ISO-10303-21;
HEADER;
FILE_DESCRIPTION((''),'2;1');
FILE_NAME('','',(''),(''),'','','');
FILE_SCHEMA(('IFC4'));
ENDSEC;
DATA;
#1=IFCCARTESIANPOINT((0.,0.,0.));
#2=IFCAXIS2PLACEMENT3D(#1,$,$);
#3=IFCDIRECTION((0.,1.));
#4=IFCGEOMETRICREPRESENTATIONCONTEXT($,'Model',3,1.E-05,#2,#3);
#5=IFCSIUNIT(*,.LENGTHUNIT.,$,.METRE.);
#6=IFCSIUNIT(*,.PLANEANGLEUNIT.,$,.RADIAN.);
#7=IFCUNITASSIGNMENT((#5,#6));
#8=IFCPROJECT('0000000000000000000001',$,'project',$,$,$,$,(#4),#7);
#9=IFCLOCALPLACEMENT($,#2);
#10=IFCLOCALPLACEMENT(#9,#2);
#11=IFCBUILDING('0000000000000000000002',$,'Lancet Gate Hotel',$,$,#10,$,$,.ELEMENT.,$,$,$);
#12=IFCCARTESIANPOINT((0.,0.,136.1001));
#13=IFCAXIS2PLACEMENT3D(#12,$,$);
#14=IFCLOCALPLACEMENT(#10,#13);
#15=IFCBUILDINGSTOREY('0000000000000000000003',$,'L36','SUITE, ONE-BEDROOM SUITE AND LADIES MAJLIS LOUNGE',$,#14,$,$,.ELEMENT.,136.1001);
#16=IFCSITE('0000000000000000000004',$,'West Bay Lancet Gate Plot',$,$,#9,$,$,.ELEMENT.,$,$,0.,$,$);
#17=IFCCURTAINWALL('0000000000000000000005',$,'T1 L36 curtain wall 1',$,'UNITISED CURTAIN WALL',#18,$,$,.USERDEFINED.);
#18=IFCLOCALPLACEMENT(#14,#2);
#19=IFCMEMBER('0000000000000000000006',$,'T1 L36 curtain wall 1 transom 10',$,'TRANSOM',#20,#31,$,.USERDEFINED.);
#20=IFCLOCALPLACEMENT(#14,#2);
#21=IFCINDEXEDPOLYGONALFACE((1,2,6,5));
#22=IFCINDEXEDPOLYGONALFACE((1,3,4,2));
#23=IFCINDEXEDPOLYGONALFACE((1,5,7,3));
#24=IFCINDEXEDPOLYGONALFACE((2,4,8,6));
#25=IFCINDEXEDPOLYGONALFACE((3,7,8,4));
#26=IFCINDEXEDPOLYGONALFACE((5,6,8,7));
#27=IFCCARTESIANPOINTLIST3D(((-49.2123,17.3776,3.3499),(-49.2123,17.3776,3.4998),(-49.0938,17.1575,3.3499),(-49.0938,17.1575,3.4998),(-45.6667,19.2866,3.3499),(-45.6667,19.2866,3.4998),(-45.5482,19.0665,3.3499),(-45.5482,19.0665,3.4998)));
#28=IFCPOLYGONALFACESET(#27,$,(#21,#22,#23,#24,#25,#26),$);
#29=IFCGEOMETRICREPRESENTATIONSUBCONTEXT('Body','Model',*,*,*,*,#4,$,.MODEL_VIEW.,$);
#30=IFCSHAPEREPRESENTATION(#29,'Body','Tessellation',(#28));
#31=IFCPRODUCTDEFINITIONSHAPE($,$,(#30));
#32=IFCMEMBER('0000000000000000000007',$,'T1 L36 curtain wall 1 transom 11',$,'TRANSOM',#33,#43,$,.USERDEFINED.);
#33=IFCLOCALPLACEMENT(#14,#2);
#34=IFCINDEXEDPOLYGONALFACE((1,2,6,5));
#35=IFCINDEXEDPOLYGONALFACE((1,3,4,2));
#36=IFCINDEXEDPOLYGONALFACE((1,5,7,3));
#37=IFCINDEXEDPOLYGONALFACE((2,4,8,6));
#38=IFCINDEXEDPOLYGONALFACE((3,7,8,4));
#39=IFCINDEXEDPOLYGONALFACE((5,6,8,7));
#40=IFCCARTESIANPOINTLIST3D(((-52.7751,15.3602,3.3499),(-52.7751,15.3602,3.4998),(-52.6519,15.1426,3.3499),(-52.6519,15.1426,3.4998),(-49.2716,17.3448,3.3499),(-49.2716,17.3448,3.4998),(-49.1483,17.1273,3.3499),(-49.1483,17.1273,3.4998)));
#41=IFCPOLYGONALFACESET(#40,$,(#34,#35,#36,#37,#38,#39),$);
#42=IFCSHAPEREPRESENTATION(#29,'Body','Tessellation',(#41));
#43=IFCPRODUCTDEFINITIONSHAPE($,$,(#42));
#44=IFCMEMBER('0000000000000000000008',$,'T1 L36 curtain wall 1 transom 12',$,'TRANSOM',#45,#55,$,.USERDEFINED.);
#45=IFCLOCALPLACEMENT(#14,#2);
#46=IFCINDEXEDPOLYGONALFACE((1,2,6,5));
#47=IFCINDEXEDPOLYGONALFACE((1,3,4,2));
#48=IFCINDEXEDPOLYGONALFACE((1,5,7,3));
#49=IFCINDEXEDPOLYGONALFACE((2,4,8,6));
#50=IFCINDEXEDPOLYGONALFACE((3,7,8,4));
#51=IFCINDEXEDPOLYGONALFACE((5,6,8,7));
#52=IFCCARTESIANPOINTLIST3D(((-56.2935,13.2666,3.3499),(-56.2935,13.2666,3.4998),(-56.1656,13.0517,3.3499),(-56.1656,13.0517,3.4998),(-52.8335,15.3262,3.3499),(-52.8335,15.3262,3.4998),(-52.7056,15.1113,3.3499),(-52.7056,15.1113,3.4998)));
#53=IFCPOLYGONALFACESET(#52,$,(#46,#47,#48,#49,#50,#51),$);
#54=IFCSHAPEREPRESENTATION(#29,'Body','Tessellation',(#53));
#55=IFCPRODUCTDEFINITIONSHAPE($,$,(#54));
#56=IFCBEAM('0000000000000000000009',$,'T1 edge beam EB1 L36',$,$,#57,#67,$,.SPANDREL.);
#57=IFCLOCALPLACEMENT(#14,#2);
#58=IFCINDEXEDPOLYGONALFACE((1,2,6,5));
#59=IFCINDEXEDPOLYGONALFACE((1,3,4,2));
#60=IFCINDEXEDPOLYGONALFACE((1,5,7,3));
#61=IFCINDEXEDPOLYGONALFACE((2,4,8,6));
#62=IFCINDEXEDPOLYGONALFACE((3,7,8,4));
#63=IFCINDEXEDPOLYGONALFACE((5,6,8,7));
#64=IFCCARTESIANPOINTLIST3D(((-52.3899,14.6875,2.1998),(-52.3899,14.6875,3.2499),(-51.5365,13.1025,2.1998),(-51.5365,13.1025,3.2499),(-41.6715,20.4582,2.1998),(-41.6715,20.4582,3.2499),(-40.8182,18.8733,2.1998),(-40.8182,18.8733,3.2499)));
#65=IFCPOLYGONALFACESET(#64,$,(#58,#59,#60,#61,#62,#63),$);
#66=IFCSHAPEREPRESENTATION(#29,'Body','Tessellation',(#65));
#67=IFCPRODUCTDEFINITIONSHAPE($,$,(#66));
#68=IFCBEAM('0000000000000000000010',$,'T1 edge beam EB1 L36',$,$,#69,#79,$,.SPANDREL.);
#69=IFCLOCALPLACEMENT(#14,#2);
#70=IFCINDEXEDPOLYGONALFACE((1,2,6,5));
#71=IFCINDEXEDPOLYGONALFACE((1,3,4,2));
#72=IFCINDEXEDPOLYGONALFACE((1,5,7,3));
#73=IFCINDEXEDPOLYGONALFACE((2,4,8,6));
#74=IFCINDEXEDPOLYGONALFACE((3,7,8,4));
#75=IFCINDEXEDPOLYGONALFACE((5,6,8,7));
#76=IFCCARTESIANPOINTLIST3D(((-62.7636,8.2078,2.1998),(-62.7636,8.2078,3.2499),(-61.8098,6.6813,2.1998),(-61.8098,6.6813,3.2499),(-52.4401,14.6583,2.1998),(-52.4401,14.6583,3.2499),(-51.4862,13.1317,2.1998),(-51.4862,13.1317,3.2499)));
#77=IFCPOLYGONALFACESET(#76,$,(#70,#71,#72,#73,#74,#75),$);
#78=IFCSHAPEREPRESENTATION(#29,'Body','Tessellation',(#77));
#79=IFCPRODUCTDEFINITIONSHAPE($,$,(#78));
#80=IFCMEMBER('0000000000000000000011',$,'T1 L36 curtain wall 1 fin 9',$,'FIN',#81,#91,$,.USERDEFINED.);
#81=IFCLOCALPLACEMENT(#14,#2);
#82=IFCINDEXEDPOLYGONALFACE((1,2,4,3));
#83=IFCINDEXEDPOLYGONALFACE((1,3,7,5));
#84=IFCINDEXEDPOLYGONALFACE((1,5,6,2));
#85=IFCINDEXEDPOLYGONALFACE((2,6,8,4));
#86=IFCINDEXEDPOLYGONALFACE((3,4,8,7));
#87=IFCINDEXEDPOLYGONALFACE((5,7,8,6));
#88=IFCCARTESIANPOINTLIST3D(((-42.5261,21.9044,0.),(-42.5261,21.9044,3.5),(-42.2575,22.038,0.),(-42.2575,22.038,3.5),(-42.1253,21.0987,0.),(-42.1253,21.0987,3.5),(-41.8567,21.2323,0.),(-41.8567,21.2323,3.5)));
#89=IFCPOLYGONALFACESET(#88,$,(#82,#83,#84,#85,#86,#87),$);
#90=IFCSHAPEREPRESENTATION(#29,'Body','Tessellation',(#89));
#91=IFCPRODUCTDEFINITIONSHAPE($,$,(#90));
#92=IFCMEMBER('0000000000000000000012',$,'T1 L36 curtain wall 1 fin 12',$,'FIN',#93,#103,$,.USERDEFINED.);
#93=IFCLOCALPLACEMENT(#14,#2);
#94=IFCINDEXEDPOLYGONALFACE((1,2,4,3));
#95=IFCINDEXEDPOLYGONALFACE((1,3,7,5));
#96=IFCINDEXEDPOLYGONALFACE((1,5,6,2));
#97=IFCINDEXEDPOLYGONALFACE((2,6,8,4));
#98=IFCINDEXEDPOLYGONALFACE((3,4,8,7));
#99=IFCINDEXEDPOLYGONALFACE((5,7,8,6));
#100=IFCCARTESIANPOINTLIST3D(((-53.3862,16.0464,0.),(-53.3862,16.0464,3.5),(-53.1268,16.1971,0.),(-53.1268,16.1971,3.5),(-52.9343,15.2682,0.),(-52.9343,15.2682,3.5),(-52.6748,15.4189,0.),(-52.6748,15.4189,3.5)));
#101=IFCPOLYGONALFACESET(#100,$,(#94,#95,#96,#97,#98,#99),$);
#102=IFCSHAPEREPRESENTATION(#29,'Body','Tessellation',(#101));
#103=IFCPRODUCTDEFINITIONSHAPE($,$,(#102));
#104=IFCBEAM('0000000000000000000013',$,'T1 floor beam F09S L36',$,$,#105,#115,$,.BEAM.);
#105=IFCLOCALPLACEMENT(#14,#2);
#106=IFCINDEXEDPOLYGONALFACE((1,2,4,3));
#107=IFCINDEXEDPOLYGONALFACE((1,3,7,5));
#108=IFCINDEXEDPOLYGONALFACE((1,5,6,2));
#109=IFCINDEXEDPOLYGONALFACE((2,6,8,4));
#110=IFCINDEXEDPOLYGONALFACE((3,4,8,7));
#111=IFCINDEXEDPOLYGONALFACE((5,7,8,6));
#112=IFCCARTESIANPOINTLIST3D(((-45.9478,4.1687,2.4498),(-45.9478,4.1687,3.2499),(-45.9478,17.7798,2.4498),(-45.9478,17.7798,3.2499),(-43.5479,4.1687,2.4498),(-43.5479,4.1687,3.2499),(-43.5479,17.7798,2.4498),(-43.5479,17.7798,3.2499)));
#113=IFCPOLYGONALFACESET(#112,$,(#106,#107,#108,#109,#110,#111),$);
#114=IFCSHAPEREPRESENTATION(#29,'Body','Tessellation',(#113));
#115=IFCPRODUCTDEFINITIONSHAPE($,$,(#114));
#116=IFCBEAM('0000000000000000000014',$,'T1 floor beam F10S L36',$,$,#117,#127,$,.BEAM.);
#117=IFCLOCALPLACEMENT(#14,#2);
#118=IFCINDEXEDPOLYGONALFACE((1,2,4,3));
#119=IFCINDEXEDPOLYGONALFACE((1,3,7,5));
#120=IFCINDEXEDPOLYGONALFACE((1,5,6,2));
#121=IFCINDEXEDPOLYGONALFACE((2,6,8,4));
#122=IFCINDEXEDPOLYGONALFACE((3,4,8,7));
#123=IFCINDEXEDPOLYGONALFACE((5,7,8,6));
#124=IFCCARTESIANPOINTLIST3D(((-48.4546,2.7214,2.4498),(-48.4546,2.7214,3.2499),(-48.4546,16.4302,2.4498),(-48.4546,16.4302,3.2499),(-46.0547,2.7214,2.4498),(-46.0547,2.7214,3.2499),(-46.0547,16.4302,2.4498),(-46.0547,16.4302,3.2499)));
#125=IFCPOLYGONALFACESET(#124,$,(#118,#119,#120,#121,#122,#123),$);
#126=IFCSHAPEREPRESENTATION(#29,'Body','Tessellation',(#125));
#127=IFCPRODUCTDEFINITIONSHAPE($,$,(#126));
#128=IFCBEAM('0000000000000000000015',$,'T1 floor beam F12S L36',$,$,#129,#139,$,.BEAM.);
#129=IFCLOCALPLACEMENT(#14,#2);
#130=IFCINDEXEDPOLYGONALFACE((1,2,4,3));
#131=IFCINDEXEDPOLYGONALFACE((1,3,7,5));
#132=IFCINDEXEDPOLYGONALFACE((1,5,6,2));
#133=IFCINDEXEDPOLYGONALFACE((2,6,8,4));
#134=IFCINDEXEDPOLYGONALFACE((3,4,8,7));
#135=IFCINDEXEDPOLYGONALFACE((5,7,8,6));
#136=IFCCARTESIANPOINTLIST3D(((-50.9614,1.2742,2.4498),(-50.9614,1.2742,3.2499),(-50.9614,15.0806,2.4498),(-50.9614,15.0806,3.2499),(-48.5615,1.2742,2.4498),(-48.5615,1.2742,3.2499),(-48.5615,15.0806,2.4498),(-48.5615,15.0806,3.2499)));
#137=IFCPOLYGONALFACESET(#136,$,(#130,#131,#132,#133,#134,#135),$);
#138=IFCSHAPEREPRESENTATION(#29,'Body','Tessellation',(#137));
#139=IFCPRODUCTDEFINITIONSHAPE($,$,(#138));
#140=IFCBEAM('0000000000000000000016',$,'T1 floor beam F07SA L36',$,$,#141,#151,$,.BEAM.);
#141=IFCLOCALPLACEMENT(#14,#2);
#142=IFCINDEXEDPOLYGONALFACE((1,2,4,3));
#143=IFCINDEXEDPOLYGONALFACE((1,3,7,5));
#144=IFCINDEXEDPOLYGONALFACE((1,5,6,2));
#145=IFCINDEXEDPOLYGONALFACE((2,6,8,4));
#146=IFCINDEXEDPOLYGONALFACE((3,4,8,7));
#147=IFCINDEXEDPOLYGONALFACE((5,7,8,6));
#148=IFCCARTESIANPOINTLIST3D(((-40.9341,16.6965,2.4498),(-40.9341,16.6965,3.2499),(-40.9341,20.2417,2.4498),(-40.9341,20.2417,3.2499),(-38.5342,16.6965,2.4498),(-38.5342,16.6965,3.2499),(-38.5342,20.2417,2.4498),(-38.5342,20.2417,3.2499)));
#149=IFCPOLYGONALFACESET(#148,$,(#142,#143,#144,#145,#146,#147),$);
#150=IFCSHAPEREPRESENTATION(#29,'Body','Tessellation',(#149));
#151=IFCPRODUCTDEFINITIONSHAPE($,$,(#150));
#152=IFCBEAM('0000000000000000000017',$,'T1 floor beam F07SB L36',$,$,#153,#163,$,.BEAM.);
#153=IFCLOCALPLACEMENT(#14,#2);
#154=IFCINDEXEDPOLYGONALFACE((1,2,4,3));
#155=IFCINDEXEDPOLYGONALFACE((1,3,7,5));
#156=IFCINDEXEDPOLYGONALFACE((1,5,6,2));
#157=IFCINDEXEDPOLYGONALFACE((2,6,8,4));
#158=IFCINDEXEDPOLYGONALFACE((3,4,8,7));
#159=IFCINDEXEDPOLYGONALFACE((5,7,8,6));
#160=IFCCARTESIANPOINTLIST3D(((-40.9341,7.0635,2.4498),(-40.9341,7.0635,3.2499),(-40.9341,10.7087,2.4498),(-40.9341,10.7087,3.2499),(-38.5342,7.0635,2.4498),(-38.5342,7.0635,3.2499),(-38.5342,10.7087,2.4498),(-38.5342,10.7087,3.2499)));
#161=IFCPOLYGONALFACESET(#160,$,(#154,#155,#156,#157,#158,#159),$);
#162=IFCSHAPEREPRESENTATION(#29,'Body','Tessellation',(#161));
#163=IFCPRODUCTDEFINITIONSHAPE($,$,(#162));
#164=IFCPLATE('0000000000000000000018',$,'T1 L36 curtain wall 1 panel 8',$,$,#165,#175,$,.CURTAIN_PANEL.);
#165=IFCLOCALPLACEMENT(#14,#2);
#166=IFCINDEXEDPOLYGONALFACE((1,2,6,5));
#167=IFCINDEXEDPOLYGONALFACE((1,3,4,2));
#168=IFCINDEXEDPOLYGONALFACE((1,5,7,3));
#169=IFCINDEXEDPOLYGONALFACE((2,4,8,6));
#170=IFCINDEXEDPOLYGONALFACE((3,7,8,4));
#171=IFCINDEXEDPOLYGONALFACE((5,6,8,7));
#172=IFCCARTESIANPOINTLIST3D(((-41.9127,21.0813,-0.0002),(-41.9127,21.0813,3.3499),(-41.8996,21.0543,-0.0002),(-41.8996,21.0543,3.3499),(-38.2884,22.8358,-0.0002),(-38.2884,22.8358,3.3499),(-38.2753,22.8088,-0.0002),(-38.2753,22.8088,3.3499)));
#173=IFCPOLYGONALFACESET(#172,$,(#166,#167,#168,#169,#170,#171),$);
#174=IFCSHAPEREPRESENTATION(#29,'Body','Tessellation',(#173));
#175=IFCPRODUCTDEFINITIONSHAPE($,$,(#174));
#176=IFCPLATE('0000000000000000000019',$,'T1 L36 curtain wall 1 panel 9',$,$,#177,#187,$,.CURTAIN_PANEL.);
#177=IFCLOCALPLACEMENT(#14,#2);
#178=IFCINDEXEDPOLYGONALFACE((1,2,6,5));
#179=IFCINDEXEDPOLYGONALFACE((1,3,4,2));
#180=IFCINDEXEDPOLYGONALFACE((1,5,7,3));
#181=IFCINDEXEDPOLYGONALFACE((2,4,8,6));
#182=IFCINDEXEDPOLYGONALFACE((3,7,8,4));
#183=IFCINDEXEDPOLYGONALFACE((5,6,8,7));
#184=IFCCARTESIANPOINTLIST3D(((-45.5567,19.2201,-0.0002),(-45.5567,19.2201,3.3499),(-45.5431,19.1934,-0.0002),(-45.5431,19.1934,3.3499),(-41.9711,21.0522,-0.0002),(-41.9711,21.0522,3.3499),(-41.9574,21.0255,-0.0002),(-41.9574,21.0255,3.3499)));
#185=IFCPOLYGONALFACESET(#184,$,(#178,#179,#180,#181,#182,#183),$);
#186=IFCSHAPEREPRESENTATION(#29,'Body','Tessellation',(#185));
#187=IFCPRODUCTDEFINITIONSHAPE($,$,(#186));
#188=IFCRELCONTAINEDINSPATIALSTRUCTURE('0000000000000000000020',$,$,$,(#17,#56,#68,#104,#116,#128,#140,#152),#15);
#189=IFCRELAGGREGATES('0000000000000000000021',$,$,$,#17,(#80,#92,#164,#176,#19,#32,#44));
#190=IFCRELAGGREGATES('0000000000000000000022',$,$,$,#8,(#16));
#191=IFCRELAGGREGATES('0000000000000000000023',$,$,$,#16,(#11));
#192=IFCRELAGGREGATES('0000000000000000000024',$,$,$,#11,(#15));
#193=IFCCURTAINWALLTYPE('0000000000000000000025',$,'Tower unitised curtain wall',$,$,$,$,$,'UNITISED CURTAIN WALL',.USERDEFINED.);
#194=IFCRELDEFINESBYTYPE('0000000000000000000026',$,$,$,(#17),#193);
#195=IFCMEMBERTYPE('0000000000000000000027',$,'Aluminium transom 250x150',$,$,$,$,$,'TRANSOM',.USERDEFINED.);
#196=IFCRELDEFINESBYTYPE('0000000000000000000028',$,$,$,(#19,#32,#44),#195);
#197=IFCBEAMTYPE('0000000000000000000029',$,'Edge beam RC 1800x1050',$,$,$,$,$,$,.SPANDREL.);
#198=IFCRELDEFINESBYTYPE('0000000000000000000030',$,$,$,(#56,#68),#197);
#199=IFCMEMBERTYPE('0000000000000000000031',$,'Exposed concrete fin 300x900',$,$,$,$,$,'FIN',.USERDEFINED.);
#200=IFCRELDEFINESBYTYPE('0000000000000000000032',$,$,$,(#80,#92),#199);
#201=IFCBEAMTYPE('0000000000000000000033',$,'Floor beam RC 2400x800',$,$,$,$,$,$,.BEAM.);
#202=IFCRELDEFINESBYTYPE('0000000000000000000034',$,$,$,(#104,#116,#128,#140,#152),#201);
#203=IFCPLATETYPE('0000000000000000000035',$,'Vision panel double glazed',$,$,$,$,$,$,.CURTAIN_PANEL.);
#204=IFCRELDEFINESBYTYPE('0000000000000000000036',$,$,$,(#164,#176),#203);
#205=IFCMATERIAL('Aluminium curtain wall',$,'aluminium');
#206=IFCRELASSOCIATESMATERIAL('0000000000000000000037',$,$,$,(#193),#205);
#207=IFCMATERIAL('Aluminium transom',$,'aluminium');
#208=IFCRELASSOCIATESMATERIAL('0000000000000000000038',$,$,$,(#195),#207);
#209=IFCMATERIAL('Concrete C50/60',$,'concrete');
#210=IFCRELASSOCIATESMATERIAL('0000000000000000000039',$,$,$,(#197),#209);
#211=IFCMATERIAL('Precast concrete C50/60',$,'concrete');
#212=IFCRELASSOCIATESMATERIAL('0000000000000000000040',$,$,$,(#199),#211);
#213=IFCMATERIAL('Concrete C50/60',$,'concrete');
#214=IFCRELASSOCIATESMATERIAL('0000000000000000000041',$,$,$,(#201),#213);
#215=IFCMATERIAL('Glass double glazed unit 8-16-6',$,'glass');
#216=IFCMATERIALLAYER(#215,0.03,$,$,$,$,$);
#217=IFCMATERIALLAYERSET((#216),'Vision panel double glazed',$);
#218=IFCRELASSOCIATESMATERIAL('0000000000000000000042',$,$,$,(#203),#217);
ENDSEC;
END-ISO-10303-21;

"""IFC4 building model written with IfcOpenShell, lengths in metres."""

from ifc_helpers import new_model, si_unit, direction, frame, origin, origin_2d, place, context, subcontext, project, spatial, rectangle, extrude, material, layer, layer_set, material_profile, profile_set, type_object, element, aggregate, save


model = new_model("IFC4")

# Units and contexts
model_context = context("Model", 3, precision=1e-05, world=origin(), true_north=direction((0.0, 1.0)))
body_context = subcontext(model_context, "Body", "Model", "MODEL_VIEW")
ifc_project = project(units=[si_unit("LENGTHUNIT", "METRE"), si_unit("PLANEANGLEUNIT", "RADIAN")], contexts=[model_context])

# Site, building, storey
site_placement = place(None, origin())
site = spatial("IfcSite", under=ifc_project, at=site_placement, Name="West Bay Lancet Gate Plot", CompositionType="ELEMENT", RefElevation=0.0)
building_placement = place(site_placement, origin())
building = spatial("IfcBuilding", under=site, at=building_placement, Name="Lancet Gate Hotel", CompositionType="ELEMENT")
storey_placement = place(building_placement, frame((0.0, 0.0, 136.1001)))
storey = spatial("IfcBuildingStorey", under=building, at=storey_placement, Name="L36", Description="SUITE, ONE-BEDROOM SUITE AND LADIES MAJLIS LOUNGE", CompositionType="ELEMENT", Elevation=136.1001)

# Curtain wall, members
ifc_material_1 = material(Name="Aluminium curtain wall", Category="aluminium")
curtain_wall_type = type_object("IfcCurtainWallType", Name="Tower unitised curtain wall", ElementType="UNITISED CURTAIN WALL", PredefinedType="USERDEFINED", material=ifc_material_1)
curtain_wall_placement = place(storey_placement, origin())
curtain_wall = element("IfcCurtainWall", 1, at=curtain_wall_placement, inside=storey, type_object=curtain_wall_type, Name="T1 L36 curtain wall 1", ObjectType="UNITISED CURTAIN WALL", PredefinedType="USERDEFINED")
ifc_material_2 = material(Name="Aluminium transom", Category="aluminium")
ifc_material_profile_1 = material_profile(ifc_material_2, rectangle(XDim=0.25, YDim=0.1499, at=origin_2d()), Name="TRANSOM 250x150")
ifc_profile_set_1 = profile_set([ifc_material_profile_1], Name="Aluminium transom")
member_type_1 = type_object("IfcMemberType", Name="Aluminium transom 250x150", ElementType="TRANSOM", PredefinedType="USERDEFINED", material=ifc_profile_set_1)
member_1_placement = place(storey_placement, frame((-45.6074, 19.1765, 3.4248), z_axis=(-0.880498, -0.474049, 0.0), x_axis=(0.474049, -0.880498, 0.0)))
member_1 = element("IfcMember", 2, at=member_1_placement, type_object=member_type_1, Name="T1 L36 curtain wall 1 transom 10", ObjectType="TRANSOM", PredefinedType="USERDEFINED", context=body_context, shape_type="SweptSolid", body=[
    extrude(rectangle(XDim=0.25, YDim=0.1499, at=origin_2d()), origin(), (0.0, 0.0, 1.0), 4.0269),
])
member_2_placement = place(storey_placement, frame((-49.21, 17.2361, 3.4248), z_axis=(-0.870092, -0.49289, 0.0), x_axis=(0.49289, -0.870092, 0.0)))
member_2 = element("IfcMember", 3, at=member_2_placement, type_object=member_type_1, Name="T1 L36 curtain wall 1 transom 11", ObjectType="TRANSOM", PredefinedType="USERDEFINED", context=body_context, shape_type="SweptSolid", body=[
    extrude(rectangle(XDim=0.25, YDim=0.1499, at=origin_2d()), origin(), (0.0, 0.0, 1.0), 4.0266),
])
member_3_placement = place(storey_placement, frame((-52.7695, 15.2188, 3.4248), z_axis=(-0.859285, -0.511497, 0.0), x_axis=(0.511497, -0.859285, 0.0)))
member_3 = element("IfcMember", 4, at=member_3_placement, type_object=member_type_1, Name="T1 L36 curtain wall 1 transom 12", ObjectType="TRANSOM", PredefinedType="USERDEFINED", context=body_context, shape_type="SweptSolid", body=[
    extrude(rectangle(XDim=0.25, YDim=0.1499, at=origin_2d()), origin(), (0.0, 0.0, 1.0), 4.0266),
])

# Beams
ifc_material_3 = material(Name="Concrete C50/60", Category="concrete")
ifc_material_profile_2 = material_profile(ifc_material_3, rectangle(XDim=1.8, YDim=1.05, at=origin_2d()), Name="RC 1800x1050")
ifc_profile_set_2 = profile_set([ifc_material_profile_2], Name="Concrete C50/60")
beam_type_1 = type_object("IfcBeamType", Name="Edge beam RC 1800x1050", PredefinedType="SPANDREL", material=ifc_profile_set_2)
for number, where, z_axis, x_axis, name in (
    (5, (-41.2449, 19.6658, 2.7249), (-0.880492, -0.47406, 0.0), (0.47406, -0.880492, 0.0), "T1 edge beam EB1 L36"),
    (6, (-51.9631, 13.895, 2.7249), (-0.848063, -0.529896, 0.0), (0.529896, -0.848063, 0.0), "T1 edge beam EB1 L36"),
):
    element("IfcBeam", number, at=place(storey_placement, frame(where, z_axis=z_axis, x_axis=x_axis)), inside=storey, type_object=beam_type_1, Name=name, PredefinedType="SPANDREL", context=body_context, shape_type="SweptSolid", body=[
        extrude(rectangle(XDim=1.8, YDim=1.05, at=origin_2d()), origin(), (0.0, 0.0, 1.0), 12.1731),
    ])

# Members
ifc_material_4 = material(Name="Precast concrete C50/60", Category="concrete")
ifc_material_profile_3 = material_profile(ifc_material_4, rectangle(XDim=0.3, YDim=0.8999, at=origin_2d()), Name="FIN 300x900")
ifc_profile_set_3 = profile_set([ifc_material_profile_3], Name="Precast concrete C50/60")
member_type_2 = type_object("IfcMemberType", Name="Exposed concrete fin 300x900", ElementType="FIN", PredefinedType="USERDEFINED", material=ifc_profile_set_3)
member_4_placement = place(storey_placement, frame((-42.1914, 21.5684, 0.0), z_axis=(0.0, 0.0, 1.0), x_axis=(-0.895339, -0.445384, 0.0)))
member_4 = element("IfcMember", 7, at=member_4_placement, type_object=member_type_2, Name="T1 L36 curtain wall 1 fin 9", ObjectType="FIN", PredefinedType="USERDEFINED", context=body_context, shape_type="SweptSolid", body=[
    extrude(rectangle(XDim=0.3, YDim=0.8999, at=origin_2d()), origin(), (0.0, 0.0, 1.0), 3.5),
])
member_5_placement = place(storey_placement, frame((-53.0305, 15.7327, 0.0), z_axis=(0.0, 0.0, 1.0), x_axis=(-0.864728, -0.502241, 0.0)))
member_5 = element("IfcMember", 8, at=member_5_placement, type_object=member_type_2, Name="T1 L36 curtain wall 1 fin 12", ObjectType="FIN", PredefinedType="USERDEFINED", context=body_context, shape_type="SweptSolid", body=[
    extrude(rectangle(XDim=0.3, YDim=0.8999, at=origin_2d()), origin(), (0.0, 0.0, 1.0), 3.5),
])

# Beams
ifc_material_5 = material(Name="Concrete C50/60", Category="concrete")
ifc_material_profile_4 = material_profile(ifc_material_5, rectangle(XDim=2.3999, YDim=0.8, at=origin_2d()), Name="RC 2400x800")
ifc_profile_set_4 = profile_set([ifc_material_profile_4], Name="Concrete C50/60")
beam_type_2 = type_object("IfcBeamType", Name="Floor beam RC 2400x800", PredefinedType="BEAM", material=ifc_profile_set_4)
beam_1_placement = place(storey_placement, frame((-44.7478, 17.7798, 2.8499), z_axis=(0.0, -1.0, 0.0), x_axis=(1.0, 0.0, 0.0)))
element("IfcBeam", 9, at=beam_1_placement, inside=storey, type_object=beam_type_2, Name="T1 floor beam F09S L36", PredefinedType="BEAM", context=body_context, shape_type="SweptSolid", body=[
    extrude(rectangle(XDim=2.3999, YDim=0.8, at=origin_2d()), origin(), (0.0, 0.0, 1.0), 13.6111),
])
beam_2_placement = place(storey_placement, frame((-47.2546, 16.4302, 2.8499), z_axis=(0.0, -1.0, 0.0), x_axis=(1.0, 0.0, 0.0)))
element("IfcBeam", 10, at=beam_2_placement, inside=storey, type_object=beam_type_2, Name="T1 floor beam F10S L36", PredefinedType="BEAM", context=body_context, shape_type="SweptSolid", body=[
    extrude(rectangle(XDim=2.3999, YDim=0.8, at=origin_2d()), origin(), (0.0, 0.0, 1.0), 13.7087),
])
beam_3_placement = place(storey_placement, frame((-49.7615, 15.0806, 2.8499), z_axis=(0.0, -1.0, 0.0), x_axis=(1.0, 0.0, 0.0)))
element("IfcBeam", 11, at=beam_3_placement, inside=storey, type_object=beam_type_2, Name="T1 floor beam F12S L36", PredefinedType="BEAM", context=body_context, shape_type="SweptSolid", body=[
    extrude(rectangle(XDim=2.3999, YDim=0.8, at=origin_2d()), origin(), (0.0, 0.0, 1.0), 13.8064),
])
beam_4_placement = place(storey_placement, frame((-39.7341, 20.2417, 2.8499), z_axis=(0.0, -1.0, 0.0), x_axis=(1.0, 0.0, 0.0)))
element("IfcBeam", 12, at=beam_4_placement, inside=storey, type_object=beam_type_2, Name="T1 floor beam F07SA L36", PredefinedType="BEAM", context=body_context, shape_type="SweptSolid", body=[
    extrude(rectangle(XDim=2.3999, YDim=0.8, at=origin_2d()), origin(), (0.0, 0.0, 1.0), 3.5452),
])
beam_5_placement = place(storey_placement, frame((-39.7341, 10.7087, 2.8499), z_axis=(0.0, -1.0, 0.0), x_axis=(1.0, 0.0, 0.0)))
element("IfcBeam", 13, at=beam_5_placement, inside=storey, type_object=beam_type_2, Name="T1 floor beam F07SB L36", PredefinedType="BEAM", context=body_context, shape_type="SweptSolid", body=[
    extrude(rectangle(XDim=2.3999, YDim=0.8, at=origin_2d()), origin(), (0.0, 0.0, 1.0), 3.6453),
])

# Plates
ifc_material_6 = material(Name="Glass double glazed unit 8-16-6", Category="glass")
ifc_layer_1 = layer(ifc_material_6, 0.03)
ifc_layer_set_1 = layer_set([ifc_layer_1], Name="Vision panel double glazed")
plate_type = type_object("IfcPlateType", Name="Vision panel double glazed", PredefinedType="CURTAIN_PANEL", material=ifc_layer_set_1)
plate_1_placement = place(storey_placement, frame((-40.094, 21.9451, -0.0002), z_axis=(0.0, 0.0, 1.0), x_axis=(-0.900082, -0.435721, 0.0)))
plate_1 = element("IfcPlate", 14, at=plate_1_placement, type_object=plate_type, Name="T1 L36 curtain wall 1 panel 8", PredefinedType="CURTAIN_PANEL", context=body_context, shape_type="SweptSolid", body=[
    extrude(rectangle(XDim=4.0266, YDim=0.03, at=origin_2d()), origin(), (0.0, 0.0, 1.0), 3.3501),
])
plate_2_placement = place(storey_placement, frame((-43.7571, 20.1228, -0.0002), z_axis=(0.0, 0.0, 1.0), x_axis=(-0.890493, -0.454996, 0.0)))
plate_2 = element("IfcPlate", 15, at=plate_2_placement, type_object=plate_type, Name="T1 L36 curtain wall 1 panel 9", PredefinedType="CURTAIN_PANEL", context=body_context, shape_type="SweptSolid", body=[
    extrude(rectangle(XDim=4.0266, YDim=0.03, at=origin_2d()), origin(), (0.0, 0.0, 1.0), 3.3501),
])
aggregate(curtain_wall, [member_4, member_5, plate_1, plate_2, member_1, member_2, member_3])

save(model, "model.ifc")
